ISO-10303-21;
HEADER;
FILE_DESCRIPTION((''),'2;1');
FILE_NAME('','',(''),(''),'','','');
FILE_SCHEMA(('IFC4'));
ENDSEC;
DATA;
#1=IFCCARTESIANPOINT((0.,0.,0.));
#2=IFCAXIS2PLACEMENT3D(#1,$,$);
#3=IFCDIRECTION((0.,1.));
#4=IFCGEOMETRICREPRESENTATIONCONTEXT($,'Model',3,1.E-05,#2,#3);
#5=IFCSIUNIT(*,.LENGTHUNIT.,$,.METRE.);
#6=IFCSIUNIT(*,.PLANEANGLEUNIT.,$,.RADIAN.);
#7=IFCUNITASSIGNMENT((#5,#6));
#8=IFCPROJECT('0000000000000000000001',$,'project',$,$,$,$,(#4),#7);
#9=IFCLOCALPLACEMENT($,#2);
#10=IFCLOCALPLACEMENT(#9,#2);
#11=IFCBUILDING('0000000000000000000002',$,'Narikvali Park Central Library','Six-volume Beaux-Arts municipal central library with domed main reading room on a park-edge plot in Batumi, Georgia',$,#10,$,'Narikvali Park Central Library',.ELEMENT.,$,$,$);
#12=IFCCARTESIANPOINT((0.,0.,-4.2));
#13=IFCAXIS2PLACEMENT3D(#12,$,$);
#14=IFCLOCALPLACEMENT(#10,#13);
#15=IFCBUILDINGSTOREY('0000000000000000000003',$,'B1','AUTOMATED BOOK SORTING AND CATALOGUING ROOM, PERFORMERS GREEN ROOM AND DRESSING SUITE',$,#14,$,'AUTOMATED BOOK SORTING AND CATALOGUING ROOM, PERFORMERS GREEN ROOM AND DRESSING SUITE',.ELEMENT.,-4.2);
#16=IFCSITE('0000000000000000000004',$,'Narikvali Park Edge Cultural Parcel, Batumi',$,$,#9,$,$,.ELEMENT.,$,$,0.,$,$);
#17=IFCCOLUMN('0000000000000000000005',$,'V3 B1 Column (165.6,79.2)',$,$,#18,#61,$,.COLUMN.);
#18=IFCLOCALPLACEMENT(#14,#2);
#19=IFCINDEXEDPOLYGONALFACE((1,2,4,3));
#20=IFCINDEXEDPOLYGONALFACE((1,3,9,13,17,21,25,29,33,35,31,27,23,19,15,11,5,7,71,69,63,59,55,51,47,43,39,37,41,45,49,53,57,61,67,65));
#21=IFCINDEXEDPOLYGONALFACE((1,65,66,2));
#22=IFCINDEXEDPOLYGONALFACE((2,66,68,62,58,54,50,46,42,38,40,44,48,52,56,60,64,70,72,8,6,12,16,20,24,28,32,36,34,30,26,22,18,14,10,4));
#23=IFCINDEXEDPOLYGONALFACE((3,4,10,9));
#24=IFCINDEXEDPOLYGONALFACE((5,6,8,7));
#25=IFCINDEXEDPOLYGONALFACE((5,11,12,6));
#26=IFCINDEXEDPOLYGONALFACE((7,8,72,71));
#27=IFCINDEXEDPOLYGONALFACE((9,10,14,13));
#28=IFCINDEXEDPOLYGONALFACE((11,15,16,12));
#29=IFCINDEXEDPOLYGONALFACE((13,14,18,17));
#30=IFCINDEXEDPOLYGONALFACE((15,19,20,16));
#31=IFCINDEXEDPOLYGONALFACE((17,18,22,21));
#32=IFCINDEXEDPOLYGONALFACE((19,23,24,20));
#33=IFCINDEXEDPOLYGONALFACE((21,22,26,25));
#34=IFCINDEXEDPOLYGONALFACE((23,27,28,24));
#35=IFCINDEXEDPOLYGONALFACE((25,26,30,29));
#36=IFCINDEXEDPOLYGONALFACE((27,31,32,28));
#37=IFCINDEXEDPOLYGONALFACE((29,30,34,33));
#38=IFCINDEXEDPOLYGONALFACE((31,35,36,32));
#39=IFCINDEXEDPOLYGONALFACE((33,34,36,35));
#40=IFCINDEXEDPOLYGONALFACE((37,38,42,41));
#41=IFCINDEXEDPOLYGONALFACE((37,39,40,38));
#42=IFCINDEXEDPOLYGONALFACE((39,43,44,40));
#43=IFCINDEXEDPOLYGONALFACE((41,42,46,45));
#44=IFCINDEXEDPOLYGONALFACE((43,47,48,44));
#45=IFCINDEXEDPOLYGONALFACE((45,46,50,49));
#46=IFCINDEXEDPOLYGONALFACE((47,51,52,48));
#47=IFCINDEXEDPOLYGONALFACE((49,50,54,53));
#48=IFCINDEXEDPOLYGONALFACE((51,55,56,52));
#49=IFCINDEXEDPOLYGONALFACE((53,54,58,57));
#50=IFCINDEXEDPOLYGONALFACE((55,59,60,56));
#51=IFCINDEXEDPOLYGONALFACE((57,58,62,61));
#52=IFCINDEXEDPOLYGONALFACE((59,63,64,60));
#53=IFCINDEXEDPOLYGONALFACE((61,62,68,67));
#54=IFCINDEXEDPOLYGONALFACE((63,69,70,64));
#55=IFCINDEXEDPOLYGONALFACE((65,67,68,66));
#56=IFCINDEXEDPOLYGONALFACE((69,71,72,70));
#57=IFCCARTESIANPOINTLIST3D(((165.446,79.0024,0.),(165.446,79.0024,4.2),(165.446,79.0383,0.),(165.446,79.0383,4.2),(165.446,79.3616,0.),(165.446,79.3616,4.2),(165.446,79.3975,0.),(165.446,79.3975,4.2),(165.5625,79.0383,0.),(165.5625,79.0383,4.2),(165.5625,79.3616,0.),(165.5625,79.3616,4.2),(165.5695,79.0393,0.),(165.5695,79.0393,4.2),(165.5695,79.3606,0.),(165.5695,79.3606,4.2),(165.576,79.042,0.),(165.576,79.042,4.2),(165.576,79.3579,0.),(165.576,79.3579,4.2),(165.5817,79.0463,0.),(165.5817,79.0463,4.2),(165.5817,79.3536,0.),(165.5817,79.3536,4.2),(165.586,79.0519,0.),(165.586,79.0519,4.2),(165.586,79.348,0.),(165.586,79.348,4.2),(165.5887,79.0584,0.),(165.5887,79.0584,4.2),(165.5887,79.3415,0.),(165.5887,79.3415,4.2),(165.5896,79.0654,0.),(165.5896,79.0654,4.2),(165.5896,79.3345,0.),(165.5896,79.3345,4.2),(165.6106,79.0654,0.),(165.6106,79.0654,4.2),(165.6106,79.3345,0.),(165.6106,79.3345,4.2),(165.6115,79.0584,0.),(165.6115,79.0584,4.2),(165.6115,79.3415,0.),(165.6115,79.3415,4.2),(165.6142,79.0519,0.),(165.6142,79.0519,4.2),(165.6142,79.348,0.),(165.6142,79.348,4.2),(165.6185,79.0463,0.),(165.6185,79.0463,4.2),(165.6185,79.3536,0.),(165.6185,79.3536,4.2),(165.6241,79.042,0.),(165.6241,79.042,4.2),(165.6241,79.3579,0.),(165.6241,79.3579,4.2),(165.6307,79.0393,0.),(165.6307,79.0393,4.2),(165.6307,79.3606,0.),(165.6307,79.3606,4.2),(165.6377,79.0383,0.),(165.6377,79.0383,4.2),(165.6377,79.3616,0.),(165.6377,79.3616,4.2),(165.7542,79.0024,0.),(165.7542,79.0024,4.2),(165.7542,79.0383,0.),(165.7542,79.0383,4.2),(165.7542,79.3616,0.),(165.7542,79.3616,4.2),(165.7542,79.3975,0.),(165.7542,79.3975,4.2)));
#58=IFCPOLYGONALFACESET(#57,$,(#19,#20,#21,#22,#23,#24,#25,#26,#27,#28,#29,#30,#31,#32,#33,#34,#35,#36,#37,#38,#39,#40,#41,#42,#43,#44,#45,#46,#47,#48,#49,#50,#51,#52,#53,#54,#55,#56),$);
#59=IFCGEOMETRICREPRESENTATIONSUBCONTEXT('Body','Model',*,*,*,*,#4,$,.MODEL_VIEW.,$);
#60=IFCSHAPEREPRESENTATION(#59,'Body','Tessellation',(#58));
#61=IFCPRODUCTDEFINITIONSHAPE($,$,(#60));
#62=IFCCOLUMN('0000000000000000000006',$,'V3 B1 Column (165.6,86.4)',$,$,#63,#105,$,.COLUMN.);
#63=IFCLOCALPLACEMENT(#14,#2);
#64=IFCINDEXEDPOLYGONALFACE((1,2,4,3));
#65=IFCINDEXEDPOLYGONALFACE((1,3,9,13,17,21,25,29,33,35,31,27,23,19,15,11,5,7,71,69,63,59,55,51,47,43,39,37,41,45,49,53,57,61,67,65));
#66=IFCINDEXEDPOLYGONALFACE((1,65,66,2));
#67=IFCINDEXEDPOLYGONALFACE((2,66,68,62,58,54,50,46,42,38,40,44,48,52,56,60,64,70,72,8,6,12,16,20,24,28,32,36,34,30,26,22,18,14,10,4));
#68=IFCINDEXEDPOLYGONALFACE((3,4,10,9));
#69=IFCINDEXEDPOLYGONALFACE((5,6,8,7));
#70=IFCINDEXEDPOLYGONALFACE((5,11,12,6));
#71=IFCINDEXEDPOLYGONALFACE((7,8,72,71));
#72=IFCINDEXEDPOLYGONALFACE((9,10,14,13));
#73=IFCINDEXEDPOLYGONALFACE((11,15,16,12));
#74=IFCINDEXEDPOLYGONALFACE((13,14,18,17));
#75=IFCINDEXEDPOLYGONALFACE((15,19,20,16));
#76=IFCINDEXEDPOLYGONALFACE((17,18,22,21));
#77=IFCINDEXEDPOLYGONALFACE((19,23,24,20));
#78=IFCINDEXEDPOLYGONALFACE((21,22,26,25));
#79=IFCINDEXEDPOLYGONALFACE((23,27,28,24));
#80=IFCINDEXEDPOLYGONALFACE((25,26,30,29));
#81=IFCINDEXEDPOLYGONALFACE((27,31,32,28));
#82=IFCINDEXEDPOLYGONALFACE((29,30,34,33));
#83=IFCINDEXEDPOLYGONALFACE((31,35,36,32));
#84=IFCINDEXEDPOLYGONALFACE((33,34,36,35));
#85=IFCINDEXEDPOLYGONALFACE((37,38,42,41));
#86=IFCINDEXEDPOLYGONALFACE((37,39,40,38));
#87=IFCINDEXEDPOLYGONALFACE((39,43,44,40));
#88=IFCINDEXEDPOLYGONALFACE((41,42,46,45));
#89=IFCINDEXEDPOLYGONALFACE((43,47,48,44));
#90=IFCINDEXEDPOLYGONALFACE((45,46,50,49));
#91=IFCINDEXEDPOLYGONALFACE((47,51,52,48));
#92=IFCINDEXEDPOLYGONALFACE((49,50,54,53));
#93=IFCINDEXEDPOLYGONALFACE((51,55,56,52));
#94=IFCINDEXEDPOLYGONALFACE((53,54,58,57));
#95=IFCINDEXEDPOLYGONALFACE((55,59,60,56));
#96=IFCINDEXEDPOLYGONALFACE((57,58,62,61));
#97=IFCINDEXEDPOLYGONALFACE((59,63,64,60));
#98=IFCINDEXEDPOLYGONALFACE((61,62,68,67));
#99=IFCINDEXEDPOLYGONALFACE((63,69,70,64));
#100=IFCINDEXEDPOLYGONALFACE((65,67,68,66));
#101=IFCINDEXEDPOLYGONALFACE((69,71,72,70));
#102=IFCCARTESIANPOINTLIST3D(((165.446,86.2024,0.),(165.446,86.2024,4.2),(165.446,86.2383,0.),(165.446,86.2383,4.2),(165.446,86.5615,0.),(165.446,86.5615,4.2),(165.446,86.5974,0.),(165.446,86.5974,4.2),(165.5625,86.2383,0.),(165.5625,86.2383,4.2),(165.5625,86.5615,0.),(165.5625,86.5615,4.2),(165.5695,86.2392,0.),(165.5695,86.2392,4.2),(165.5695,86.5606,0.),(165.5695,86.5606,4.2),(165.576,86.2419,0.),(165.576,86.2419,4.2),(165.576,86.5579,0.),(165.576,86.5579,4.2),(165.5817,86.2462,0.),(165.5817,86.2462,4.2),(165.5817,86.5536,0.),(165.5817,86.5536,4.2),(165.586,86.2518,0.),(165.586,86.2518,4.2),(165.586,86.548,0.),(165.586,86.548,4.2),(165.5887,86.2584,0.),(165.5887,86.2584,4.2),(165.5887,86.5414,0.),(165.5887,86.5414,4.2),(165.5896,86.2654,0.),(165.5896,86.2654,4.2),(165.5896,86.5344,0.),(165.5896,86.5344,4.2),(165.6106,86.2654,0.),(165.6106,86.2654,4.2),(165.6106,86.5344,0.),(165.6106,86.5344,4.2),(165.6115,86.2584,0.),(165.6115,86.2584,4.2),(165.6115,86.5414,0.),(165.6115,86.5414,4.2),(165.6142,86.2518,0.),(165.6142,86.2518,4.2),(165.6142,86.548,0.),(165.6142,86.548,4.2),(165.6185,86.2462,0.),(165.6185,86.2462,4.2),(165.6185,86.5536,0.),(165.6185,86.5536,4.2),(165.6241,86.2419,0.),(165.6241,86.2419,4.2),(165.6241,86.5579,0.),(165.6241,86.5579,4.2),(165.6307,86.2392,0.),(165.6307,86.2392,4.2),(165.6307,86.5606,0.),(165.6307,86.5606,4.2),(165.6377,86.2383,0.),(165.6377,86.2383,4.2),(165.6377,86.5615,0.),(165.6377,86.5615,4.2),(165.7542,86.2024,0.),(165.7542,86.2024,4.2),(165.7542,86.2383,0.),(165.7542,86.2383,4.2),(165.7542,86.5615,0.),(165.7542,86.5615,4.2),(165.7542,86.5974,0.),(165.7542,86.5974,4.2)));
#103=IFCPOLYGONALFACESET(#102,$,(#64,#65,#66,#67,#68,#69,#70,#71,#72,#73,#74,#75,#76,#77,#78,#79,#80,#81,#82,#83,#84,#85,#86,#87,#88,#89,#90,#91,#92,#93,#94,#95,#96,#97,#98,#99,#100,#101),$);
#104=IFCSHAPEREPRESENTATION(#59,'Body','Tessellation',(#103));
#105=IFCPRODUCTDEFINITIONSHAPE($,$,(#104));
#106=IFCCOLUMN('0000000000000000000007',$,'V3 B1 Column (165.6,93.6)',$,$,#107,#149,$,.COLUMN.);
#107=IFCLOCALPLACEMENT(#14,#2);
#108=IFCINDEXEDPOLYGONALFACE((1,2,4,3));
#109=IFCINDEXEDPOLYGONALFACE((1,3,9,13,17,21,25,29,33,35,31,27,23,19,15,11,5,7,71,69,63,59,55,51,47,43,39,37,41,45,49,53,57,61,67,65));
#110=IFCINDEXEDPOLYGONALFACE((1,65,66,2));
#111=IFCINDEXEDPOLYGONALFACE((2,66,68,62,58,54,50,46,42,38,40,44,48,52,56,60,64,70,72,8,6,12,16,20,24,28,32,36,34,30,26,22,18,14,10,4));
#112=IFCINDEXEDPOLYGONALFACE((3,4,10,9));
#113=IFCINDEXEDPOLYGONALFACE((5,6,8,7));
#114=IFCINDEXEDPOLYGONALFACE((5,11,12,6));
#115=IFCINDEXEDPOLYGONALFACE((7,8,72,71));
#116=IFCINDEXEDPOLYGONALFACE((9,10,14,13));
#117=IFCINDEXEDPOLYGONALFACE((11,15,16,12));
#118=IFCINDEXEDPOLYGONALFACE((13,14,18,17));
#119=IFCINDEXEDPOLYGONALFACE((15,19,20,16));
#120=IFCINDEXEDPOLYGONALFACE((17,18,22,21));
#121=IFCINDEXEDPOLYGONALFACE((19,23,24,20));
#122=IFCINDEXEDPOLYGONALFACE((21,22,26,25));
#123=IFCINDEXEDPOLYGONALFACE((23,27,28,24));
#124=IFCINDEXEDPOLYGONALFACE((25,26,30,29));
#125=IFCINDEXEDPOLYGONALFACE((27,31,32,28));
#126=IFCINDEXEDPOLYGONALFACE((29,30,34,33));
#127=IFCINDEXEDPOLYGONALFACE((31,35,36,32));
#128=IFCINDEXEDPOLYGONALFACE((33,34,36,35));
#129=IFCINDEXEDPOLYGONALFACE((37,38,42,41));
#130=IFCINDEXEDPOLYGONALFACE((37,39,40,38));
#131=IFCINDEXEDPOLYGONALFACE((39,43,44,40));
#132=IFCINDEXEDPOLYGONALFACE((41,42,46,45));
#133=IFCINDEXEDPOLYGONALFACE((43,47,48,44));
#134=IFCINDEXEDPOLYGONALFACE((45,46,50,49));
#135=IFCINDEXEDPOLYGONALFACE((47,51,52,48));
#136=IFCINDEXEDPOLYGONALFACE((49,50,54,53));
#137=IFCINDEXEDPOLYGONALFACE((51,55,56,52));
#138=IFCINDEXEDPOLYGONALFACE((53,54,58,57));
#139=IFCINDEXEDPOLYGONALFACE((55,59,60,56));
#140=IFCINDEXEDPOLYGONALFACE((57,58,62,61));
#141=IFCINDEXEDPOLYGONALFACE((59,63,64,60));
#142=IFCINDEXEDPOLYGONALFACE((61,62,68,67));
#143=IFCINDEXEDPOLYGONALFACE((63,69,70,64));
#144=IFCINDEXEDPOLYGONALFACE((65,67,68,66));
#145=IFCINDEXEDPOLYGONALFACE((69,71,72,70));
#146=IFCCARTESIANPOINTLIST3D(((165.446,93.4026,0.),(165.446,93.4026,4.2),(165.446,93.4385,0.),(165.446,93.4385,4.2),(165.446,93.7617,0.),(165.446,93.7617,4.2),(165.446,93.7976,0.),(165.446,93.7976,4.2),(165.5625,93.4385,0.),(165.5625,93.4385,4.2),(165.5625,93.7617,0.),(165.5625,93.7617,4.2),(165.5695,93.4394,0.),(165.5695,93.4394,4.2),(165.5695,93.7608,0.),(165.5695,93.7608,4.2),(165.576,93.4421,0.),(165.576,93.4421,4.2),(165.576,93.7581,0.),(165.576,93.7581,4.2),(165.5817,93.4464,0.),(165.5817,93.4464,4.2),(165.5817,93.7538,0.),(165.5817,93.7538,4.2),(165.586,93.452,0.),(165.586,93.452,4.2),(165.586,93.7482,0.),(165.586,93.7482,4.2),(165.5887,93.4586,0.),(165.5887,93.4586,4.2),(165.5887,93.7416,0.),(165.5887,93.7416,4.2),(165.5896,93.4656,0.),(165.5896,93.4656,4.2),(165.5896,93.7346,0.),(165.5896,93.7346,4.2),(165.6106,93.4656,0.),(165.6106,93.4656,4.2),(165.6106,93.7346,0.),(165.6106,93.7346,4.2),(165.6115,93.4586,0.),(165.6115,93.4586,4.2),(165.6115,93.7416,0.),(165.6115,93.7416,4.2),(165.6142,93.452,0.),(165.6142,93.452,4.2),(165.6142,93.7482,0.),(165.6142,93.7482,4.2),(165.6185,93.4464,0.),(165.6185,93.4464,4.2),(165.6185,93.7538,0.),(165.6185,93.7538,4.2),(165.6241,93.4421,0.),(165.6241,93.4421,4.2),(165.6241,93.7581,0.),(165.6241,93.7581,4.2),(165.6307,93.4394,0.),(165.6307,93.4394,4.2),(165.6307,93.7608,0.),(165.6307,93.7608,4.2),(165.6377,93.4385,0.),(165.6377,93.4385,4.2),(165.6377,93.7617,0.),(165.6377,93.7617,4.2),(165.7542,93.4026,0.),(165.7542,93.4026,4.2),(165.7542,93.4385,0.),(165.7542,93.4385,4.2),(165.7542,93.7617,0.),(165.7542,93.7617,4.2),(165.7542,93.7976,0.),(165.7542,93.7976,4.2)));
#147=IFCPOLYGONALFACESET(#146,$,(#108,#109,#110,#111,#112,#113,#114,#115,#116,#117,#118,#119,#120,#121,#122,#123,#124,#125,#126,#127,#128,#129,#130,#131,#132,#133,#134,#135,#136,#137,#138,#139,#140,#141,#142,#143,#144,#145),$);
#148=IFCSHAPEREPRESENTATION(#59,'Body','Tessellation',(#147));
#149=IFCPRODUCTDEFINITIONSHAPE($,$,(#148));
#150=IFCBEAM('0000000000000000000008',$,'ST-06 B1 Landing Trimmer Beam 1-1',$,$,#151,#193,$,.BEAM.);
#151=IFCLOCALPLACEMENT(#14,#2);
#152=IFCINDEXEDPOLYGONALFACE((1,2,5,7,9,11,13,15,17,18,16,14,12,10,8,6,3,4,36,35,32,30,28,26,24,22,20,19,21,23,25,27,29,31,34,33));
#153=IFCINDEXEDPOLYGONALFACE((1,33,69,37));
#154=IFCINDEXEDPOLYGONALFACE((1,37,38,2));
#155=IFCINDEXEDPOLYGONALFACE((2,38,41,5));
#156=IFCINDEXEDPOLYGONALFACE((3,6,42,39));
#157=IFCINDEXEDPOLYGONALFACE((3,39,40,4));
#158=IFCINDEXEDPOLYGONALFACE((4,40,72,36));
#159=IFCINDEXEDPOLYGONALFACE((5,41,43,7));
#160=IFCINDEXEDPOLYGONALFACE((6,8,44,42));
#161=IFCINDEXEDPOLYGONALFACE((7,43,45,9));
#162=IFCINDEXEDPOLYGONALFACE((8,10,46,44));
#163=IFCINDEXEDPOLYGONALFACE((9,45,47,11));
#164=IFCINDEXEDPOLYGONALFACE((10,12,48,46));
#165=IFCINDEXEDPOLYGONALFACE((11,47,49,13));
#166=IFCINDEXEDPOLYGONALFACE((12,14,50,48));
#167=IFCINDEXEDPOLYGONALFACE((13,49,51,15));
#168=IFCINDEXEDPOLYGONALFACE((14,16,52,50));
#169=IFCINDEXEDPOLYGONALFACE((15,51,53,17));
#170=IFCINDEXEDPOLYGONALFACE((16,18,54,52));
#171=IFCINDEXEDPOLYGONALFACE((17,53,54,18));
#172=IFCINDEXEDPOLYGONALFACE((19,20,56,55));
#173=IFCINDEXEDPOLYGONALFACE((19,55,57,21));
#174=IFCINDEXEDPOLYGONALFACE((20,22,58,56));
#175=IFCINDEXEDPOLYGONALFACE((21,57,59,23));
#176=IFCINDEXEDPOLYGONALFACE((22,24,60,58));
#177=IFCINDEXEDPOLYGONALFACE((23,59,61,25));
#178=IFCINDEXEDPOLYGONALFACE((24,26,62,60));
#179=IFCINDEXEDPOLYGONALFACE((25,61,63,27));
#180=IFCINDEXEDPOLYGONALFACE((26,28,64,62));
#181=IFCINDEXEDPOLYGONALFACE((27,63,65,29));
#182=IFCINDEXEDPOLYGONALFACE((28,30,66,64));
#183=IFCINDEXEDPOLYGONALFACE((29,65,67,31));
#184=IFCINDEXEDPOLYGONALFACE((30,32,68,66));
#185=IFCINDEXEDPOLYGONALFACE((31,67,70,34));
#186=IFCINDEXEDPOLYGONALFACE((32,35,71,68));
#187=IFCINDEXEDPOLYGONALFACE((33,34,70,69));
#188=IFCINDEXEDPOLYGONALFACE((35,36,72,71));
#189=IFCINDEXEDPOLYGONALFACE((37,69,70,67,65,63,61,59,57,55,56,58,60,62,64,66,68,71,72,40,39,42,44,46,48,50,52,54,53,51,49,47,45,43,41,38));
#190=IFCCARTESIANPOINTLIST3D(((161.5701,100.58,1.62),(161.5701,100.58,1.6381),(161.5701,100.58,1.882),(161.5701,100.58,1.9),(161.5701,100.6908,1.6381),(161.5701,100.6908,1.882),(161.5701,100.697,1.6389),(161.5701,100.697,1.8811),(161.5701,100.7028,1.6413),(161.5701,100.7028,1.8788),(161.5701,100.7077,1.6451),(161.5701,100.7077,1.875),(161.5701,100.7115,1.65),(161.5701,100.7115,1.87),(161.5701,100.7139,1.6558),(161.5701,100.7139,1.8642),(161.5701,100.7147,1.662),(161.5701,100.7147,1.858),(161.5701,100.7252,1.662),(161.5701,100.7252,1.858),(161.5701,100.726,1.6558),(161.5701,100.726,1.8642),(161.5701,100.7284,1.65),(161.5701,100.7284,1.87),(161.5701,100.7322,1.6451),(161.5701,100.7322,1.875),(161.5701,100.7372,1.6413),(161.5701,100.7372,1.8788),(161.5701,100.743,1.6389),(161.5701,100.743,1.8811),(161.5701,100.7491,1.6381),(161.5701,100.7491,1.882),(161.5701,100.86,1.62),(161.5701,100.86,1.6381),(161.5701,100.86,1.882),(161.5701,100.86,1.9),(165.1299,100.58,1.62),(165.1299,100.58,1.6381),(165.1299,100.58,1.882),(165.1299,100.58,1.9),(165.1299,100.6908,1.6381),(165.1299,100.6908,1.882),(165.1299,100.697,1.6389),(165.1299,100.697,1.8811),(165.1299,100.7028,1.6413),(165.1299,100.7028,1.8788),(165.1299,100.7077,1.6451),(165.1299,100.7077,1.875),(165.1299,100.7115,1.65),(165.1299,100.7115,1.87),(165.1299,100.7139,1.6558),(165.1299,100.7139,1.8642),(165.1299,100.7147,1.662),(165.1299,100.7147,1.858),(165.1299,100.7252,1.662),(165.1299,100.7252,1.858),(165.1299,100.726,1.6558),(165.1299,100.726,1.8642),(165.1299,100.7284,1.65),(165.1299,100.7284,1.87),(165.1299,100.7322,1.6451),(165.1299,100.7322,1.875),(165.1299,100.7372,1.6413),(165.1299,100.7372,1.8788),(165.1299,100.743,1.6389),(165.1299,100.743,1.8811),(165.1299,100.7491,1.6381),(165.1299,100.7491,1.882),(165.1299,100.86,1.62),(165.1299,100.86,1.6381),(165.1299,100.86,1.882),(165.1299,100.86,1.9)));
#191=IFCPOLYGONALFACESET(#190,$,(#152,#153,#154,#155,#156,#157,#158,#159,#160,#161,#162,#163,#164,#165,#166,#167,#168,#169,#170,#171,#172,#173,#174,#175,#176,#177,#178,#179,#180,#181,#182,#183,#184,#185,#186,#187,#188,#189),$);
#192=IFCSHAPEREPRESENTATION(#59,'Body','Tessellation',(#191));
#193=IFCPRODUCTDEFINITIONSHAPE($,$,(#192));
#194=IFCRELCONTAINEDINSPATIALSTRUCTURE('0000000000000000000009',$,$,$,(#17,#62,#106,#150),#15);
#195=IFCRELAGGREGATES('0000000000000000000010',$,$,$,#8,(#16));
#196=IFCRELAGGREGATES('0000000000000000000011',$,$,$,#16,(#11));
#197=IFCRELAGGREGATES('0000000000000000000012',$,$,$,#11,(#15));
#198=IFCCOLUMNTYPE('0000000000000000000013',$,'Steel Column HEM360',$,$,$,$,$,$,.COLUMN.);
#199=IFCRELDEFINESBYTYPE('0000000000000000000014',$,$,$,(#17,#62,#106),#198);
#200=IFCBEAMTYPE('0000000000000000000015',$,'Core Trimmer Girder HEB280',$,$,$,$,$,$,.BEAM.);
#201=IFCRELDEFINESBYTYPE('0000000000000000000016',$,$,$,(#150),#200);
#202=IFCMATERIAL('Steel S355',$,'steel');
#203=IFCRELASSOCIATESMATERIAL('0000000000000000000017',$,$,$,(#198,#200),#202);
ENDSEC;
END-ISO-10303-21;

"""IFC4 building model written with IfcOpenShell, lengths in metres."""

from ifc_helpers import new_model, si_unit, direction, frame, origin, origin_2d, place, context, subcontext, project, spatial, i_section, extrude, material, material_profile, profile_set, type_object, element, save


model = new_model("IFC4")

# Units and contexts
model_context = context("Model", 3, precision=1e-05, world=origin(), true_north=direction((0.0, 1.0)))
body_context = subcontext(model_context, "Body", "Model", "MODEL_VIEW")
ifc_project = project(units=[si_unit("LENGTHUNIT", "METRE"), si_unit("PLANEANGLEUNIT", "RADIAN")], contexts=[model_context])

# Site, building, storey
site_placement = place(None, origin())
site = spatial("IfcSite", under=ifc_project, at=site_placement, Name="Narikvali Park Edge Cultural Parcel, Batumi", CompositionType="ELEMENT", RefElevation=0.0)
building_placement = place(site_placement, origin())
building = spatial("IfcBuilding", under=site, at=building_placement, Name="Narikvali Park Central Library", Description="Six-volume Beaux-Arts municipal central library with domed main reading room on a park-edge plot in Batumi, Georgia", LongName="Narikvali Park Central Library", CompositionType="ELEMENT")
storey_placement = place(building_placement, frame((0.0, 0.0, -4.2)))
storey = spatial("IfcBuildingStorey", under=building, at=storey_placement, Name="B1", Description="AUTOMATED BOOK SORTING AND CATALOGUING ROOM, PERFORMERS GREEN ROOM AND DRESSING SUITE", LongName="AUTOMATED BOOK SORTING AND CATALOGUING ROOM, PERFORMERS GREEN ROOM AND DRESSING SUITE", CompositionType="ELEMENT", Elevation=-4.2)

# Columns
ifc_material_1 = material(Name="Steel S355", Category="steel")
ifc_material_profile_1 = material_profile(ifc_material_1, i_section(OverallWidth=0.3081, OverallDepth=0.395, WebThickness=0.021, FlangeThickness=0.0359, FilletRadius=0.0271, at=origin_2d()), Name="HEM 360")
ifc_profile_set_1 = profile_set([ifc_material_profile_1], Name="Steel S355")
column_type_1 = type_object("IfcColumnType", Name="Steel Column HEM360", PredefinedType="COLUMN", material=ifc_profile_set_1)
for number, where, z_axis, x_axis, name in (
    (1, (165.6001, 79.2, 0.0), (0.0, 0.0, 1.0), (1.0, 0.0, 0.0), "V3 B1 Column (165.6,79.2)"),
    (2, (165.6001, 86.3999, 0.0), (0.0, 0.0, 1.0), (1.0, 0.0, 0.0), "V3 B1 Column (165.6,86.4)"),
    (3, (165.6001, 93.6001, 0.0), (0.0, 0.0, 1.0), (1.0, 0.0, 0.0), "V3 B1 Column (165.6,93.6)"),
):
    element("IfcColumn", number, at=place(storey_placement, frame(where, z_axis=z_axis, x_axis=x_axis)), inside=storey, type_object=column_type_1, Name=name, PredefinedType="COLUMN", context=body_context, shape_type="SweptSolid", body=[
        extrude(i_section(OverallWidth=0.3081, OverallDepth=0.395, WebThickness=0.021, FlangeThickness=0.0359, FilletRadius=0.0271, at=origin_2d()), origin(), (0.0, 0.0, 1.0), 4.2),
    ])

# Beam
ifc_material_profile_2 = material_profile(ifc_material_1, i_section(OverallWidth=0.28, OverallDepth=0.28, WebThickness=0.0105, FlangeThickness=0.0181, FilletRadius=0.0239, at=origin_2d()), Name="HEB 280")
ifc_profile_set_2 = profile_set([ifc_material_profile_2], Name="Steel S355")
beam_type = type_object("IfcBeamType", Name="Core Trimmer Girder HEB280", PredefinedType="BEAM", material=ifc_profile_set_2)
beam_placement = place(storey_placement, frame((161.5701, 100.72, 1.76), z_axis=(1.0, 0.0, 0.0), x_axis=(0.0, 1.0, 0.0)))
element("IfcBeam", 4, at=beam_placement, inside=storey, type_object=beam_type, Name="ST-06 B1 Landing Trimmer Beam 1-1", PredefinedType="BEAM", context=body_context, shape_type="SweptSolid", body=[
    extrude(i_section(OverallWidth=0.28, OverallDepth=0.28, WebThickness=0.0105, FlangeThickness=0.0181, FilletRadius=0.0239, at=origin_2d()), origin(), (0.0, 0.0, 1.0), 3.5598),
])

save(model, "model.ifc")
